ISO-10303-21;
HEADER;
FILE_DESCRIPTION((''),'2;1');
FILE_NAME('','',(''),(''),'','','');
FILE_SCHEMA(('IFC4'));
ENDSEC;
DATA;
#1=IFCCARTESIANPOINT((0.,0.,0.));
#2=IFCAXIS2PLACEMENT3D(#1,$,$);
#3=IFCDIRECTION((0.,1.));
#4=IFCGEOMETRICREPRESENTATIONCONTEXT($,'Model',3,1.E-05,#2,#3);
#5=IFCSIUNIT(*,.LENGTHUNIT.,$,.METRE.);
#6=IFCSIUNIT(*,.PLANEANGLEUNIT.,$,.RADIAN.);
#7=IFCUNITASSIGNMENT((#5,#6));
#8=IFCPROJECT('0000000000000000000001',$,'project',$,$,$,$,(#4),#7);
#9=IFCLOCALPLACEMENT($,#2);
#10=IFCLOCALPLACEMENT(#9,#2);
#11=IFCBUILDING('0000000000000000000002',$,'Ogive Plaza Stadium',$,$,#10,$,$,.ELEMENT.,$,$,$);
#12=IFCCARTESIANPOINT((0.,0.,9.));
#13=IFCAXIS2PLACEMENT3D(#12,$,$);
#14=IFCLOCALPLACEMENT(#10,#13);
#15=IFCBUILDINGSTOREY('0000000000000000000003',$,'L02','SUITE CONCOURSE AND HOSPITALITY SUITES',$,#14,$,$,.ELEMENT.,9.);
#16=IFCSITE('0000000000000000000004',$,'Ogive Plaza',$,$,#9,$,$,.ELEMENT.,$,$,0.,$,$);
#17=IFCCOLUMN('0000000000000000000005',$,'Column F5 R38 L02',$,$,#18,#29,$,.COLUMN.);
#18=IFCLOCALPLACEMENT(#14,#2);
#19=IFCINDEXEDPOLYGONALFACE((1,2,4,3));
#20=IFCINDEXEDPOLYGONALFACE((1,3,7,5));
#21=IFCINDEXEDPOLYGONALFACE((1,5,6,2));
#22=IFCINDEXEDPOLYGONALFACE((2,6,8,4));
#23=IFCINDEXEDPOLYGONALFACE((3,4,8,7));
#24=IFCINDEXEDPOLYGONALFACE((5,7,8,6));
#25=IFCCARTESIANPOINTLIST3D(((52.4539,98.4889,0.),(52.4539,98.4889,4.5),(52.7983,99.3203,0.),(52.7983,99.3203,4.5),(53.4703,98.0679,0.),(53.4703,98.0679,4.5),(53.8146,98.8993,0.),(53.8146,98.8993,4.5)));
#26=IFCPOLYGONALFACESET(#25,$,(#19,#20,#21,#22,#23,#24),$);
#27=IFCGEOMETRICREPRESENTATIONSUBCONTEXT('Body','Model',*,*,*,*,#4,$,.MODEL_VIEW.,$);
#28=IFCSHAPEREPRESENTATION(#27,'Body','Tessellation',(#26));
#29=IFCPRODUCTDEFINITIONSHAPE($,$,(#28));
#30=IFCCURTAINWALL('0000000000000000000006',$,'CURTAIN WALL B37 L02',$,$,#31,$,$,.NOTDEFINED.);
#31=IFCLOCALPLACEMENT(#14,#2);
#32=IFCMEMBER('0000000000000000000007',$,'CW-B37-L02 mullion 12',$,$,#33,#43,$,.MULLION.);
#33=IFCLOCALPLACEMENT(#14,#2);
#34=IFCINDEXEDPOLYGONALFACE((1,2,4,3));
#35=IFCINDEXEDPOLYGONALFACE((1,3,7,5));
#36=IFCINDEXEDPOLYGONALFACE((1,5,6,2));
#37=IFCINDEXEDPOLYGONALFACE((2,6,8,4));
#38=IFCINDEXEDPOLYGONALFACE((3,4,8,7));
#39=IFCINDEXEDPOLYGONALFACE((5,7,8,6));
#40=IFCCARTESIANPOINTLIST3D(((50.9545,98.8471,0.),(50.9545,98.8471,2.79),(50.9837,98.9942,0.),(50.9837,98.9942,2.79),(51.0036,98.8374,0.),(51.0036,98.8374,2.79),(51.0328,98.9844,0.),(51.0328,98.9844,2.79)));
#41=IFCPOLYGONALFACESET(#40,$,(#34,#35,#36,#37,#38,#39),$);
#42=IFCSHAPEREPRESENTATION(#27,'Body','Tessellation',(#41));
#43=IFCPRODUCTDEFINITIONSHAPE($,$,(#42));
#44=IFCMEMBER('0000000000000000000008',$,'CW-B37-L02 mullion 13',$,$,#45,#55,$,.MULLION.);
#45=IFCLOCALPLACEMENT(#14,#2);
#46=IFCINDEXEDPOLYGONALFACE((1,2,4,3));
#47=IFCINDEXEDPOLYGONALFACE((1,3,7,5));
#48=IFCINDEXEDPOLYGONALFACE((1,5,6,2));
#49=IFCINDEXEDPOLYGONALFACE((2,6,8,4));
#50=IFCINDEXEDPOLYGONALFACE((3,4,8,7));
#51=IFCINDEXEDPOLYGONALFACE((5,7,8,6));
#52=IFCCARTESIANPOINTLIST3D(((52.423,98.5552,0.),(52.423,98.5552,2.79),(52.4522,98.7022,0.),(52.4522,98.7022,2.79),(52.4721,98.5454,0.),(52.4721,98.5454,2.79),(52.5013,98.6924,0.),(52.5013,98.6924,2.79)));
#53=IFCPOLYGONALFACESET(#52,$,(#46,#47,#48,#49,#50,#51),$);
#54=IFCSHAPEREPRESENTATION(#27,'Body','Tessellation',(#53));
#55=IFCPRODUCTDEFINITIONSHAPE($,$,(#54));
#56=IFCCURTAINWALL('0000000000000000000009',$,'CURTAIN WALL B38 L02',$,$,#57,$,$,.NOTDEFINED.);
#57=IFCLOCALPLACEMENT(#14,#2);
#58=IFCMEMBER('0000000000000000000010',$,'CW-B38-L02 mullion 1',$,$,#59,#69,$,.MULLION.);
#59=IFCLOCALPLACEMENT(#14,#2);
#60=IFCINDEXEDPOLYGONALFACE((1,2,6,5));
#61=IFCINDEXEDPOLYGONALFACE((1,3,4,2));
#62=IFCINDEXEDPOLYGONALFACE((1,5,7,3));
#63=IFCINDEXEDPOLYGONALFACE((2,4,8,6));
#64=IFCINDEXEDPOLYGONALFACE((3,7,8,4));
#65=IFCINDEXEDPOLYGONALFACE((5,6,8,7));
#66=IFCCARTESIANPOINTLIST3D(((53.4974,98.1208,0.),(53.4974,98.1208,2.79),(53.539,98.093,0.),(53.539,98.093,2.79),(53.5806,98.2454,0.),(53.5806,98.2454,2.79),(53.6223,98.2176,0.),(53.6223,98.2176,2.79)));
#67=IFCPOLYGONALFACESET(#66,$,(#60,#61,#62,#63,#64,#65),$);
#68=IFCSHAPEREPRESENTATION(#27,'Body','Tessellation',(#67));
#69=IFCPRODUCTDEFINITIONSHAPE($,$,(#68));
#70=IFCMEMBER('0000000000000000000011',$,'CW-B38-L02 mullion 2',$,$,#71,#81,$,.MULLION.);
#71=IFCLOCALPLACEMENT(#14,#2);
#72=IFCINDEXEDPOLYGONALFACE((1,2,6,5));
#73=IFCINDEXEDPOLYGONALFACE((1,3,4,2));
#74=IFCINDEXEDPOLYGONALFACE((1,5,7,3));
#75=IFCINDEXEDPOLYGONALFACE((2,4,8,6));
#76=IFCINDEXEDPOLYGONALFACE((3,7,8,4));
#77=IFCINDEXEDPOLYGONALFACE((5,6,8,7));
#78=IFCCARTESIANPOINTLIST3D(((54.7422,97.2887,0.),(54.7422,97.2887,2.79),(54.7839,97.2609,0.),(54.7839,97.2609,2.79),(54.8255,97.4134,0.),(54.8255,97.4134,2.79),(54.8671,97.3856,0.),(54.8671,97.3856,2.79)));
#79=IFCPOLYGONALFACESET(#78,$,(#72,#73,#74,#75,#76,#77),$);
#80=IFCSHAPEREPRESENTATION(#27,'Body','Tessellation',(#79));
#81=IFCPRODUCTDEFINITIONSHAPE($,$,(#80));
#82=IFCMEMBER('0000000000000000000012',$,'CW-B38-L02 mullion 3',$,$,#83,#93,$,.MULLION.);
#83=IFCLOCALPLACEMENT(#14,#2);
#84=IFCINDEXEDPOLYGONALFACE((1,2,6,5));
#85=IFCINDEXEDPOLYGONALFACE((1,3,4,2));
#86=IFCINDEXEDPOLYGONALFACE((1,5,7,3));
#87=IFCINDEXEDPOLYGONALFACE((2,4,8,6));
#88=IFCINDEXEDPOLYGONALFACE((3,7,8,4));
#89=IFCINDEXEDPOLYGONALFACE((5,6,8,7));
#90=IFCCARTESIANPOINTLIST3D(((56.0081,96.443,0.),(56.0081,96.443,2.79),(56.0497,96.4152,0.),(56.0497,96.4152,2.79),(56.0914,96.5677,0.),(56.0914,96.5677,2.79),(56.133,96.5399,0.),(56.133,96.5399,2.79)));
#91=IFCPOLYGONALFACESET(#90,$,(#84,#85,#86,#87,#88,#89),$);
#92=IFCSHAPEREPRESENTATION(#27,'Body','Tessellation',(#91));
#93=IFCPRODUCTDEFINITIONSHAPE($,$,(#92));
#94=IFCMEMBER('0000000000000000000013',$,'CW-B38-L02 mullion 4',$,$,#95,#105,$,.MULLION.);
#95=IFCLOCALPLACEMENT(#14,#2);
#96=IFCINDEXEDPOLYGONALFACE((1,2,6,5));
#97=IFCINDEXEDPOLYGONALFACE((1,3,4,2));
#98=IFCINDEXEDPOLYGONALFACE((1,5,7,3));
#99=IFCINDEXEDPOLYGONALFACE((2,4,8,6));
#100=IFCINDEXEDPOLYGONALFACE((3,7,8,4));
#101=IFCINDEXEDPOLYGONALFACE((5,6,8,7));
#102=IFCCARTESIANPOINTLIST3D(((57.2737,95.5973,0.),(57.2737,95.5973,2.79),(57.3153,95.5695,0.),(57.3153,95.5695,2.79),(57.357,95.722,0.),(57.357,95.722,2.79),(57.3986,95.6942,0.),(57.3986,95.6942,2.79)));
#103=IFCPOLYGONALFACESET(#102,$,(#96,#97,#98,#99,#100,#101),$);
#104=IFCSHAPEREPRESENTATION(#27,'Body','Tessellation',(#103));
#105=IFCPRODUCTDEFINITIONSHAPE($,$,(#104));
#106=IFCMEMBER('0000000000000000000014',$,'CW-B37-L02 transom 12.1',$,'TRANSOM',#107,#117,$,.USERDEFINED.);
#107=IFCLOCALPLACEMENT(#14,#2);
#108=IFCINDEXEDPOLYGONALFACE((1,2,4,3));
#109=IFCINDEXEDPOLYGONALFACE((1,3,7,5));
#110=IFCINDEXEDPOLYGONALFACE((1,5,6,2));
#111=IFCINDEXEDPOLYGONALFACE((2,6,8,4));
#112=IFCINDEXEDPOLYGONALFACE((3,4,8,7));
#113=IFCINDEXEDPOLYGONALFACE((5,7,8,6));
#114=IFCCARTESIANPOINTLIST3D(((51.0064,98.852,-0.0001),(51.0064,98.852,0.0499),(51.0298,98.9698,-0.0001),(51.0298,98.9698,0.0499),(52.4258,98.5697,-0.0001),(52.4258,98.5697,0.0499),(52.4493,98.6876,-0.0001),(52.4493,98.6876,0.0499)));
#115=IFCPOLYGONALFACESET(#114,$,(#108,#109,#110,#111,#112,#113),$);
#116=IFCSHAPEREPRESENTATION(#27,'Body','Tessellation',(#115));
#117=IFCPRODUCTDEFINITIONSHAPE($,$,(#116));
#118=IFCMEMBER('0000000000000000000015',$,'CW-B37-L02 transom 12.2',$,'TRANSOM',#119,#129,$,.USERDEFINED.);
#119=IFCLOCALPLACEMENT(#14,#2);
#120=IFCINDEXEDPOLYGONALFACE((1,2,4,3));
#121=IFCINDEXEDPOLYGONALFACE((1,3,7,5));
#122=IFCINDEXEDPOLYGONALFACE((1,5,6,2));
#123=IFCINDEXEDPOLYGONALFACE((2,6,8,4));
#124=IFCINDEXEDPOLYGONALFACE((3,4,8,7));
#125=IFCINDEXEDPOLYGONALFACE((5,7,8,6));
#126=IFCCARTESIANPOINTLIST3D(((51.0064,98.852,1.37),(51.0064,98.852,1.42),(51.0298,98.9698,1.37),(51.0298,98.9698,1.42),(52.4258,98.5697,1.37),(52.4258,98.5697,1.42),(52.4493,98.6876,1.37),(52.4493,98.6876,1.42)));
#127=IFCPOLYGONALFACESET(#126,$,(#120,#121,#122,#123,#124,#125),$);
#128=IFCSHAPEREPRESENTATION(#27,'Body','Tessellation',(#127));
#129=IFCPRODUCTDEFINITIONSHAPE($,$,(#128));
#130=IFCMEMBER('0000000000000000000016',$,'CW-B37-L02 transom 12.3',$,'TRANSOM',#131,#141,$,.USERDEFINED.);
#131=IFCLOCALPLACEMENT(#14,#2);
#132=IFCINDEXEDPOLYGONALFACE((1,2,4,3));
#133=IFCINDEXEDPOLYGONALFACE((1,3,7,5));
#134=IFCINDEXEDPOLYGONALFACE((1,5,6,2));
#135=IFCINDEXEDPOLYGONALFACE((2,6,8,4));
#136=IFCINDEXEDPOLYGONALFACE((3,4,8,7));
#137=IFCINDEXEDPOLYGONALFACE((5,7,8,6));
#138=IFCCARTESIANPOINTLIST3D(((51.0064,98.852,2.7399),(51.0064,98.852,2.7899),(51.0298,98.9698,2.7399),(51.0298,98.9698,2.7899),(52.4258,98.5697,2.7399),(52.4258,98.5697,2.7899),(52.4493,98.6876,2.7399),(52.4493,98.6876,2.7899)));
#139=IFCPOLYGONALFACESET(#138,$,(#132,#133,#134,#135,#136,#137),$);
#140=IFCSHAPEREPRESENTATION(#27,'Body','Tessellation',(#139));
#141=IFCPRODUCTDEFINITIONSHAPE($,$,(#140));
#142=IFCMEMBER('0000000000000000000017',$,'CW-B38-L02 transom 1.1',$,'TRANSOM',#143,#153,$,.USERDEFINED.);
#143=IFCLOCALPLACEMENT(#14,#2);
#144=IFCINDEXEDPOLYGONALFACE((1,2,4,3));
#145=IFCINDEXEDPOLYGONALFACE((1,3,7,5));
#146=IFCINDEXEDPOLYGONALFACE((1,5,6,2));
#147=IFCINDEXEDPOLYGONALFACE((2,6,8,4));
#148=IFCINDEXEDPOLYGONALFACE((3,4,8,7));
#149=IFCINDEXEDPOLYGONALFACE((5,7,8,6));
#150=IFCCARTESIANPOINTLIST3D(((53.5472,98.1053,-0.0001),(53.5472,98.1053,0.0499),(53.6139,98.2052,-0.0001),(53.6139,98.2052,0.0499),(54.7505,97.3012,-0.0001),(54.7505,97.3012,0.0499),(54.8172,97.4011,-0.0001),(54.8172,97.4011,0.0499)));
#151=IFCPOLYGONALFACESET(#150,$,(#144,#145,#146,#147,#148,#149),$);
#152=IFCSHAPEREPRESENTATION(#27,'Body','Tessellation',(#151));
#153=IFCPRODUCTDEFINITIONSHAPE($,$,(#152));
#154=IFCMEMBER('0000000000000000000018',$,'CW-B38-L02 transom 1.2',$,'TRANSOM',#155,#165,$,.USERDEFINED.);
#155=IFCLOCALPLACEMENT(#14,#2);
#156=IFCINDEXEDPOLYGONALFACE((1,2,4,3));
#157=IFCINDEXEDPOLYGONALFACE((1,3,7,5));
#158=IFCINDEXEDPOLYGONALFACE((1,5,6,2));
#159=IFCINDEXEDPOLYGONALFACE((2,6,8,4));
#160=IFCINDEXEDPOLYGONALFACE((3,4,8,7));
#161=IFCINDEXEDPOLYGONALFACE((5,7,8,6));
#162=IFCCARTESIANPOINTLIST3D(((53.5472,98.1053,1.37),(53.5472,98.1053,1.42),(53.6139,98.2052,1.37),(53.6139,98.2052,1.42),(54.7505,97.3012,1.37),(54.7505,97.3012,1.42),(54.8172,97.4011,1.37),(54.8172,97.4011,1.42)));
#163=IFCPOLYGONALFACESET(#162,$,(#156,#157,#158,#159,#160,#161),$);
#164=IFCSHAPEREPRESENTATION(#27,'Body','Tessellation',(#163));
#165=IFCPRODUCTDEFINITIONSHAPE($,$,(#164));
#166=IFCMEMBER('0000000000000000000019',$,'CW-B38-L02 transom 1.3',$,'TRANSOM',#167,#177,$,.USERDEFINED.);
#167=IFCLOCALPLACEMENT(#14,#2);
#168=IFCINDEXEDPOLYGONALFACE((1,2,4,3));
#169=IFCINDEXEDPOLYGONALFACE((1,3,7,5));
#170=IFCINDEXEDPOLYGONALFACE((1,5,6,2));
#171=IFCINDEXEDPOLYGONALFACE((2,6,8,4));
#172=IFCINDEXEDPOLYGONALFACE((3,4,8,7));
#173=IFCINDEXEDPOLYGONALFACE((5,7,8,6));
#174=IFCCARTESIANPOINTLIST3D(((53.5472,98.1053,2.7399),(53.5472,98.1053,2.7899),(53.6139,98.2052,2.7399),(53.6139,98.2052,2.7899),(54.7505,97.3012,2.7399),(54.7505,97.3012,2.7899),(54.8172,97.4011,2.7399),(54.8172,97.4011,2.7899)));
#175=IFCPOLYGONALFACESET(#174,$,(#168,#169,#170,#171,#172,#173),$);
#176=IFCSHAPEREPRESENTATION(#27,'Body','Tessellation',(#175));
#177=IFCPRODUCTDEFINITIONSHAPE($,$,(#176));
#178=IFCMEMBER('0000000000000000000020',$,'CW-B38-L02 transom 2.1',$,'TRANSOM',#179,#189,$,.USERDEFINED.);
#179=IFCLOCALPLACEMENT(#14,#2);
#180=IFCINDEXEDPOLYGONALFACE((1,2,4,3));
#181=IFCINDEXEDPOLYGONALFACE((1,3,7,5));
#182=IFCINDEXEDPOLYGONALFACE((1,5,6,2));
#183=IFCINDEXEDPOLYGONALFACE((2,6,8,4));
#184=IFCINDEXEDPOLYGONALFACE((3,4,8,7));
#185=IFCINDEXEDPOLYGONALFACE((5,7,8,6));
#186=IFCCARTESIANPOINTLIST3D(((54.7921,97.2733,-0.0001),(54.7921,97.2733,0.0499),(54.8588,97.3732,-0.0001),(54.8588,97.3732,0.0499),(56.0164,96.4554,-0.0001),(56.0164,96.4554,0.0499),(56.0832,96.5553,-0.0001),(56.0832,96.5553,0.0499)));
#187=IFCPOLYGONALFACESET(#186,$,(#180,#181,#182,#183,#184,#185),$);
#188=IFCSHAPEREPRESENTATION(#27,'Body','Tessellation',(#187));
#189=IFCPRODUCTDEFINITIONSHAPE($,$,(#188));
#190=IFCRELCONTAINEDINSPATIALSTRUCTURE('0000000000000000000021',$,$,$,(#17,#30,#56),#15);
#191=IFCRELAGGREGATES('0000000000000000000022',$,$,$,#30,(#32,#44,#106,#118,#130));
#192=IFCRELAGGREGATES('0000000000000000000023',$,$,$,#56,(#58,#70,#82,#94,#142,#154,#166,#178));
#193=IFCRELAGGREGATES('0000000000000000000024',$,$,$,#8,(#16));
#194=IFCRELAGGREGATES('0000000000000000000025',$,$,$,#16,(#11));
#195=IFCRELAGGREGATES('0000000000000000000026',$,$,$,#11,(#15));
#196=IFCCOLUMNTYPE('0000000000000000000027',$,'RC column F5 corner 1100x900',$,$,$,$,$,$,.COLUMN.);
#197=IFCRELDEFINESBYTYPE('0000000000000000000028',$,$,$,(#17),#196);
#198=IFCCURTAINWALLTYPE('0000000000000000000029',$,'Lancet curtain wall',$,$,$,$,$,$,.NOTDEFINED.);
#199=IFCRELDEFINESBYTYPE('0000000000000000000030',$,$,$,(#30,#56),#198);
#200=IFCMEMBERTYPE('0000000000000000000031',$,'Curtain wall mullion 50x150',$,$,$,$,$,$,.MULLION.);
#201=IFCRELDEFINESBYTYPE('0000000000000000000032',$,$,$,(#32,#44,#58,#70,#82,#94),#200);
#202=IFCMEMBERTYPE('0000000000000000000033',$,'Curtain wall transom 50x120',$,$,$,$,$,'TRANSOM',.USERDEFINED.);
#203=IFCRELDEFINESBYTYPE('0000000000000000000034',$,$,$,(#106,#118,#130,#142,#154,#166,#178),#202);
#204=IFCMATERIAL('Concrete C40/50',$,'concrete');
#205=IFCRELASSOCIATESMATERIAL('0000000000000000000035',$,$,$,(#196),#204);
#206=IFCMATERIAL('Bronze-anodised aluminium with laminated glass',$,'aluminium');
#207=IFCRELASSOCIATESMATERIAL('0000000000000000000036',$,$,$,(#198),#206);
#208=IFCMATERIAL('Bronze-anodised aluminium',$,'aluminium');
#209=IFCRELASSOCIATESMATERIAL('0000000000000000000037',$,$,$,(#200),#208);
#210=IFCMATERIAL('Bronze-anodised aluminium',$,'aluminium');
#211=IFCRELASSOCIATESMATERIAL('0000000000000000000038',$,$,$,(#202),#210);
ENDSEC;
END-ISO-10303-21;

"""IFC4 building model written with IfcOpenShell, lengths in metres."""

from ifc_helpers import new_model, si_unit, direction, frame, origin, origin_2d, place, context, subcontext, project, spatial, rectangle, extrude, material, material_profile, profile_set, type_object, element, aggregate, save


model = new_model("IFC4")

# Units and contexts
model_context = context("Model", 3, precision=1e-05, world=origin(), true_north=direction((0.0, 1.0)))
body_context = subcontext(model_context, "Body", "Model", "MODEL_VIEW")
ifc_project = project(units=[si_unit("LENGTHUNIT", "METRE"), si_unit("PLANEANGLEUNIT", "RADIAN")], contexts=[model_context])

# Site, building, storey
site_placement = place(None, origin())
site = spatial("IfcSite", under=ifc_project, at=site_placement, Name="Ogive Plaza", CompositionType="ELEMENT", RefElevation=0.0)
building_placement = place(site_placement, origin())
building = spatial("IfcBuilding", under=site, at=building_placement, Name="Ogive Plaza Stadium", CompositionType="ELEMENT")
storey_placement = place(building_placement, frame((0.0, 0.0, 9.0)))
storey = spatial("IfcBuildingStorey", under=building, at=storey_placement, Name="L02", Description="SUITE CONCOURSE AND HOSPITALITY SUITES", CompositionType="ELEMENT", Elevation=9.0)

# Column
ifc_material_1 = material(Name="Concrete C40/50", Category="concrete")
ifc_material_profile_1 = material_profile(ifc_material_1, rectangle(XDim=1.1001, YDim=0.8999, at=origin_2d()), Name="RC 1100x900")
ifc_profile_set_1 = profile_set([ifc_material_profile_1], Name="Concrete C40/50")
column_type = type_object("IfcColumnType", Name="RC column F5 corner 1100x900", PredefinedType="COLUMN", material=ifc_profile_set_1)
column_placement = place(storey_placement, frame((53.1343, 98.6941, 0.0), z_axis=(0.0, 0.0, 1.0), x_axis=(-0.92388, 0.382683, 0.0)))
element("IfcColumn", 1, at=column_placement, inside=storey, type_object=column_type, Name="Column F5 R38 L02", PredefinedType="COLUMN", context=body_context, shape_type="SweptSolid", body=[
    extrude(rectangle(XDim=1.1001, YDim=0.8999, at=origin_2d()), origin(), (0.0, 0.0, 1.0), 4.5),
])

# Curtain walls, members
ifc_material_2 = material(Name="Bronze-anodised aluminium with laminated glass", Category="aluminium")
curtain_wall_type = type_object("IfcCurtainWallType", Name="Lancet curtain wall", PredefinedType="NOTDEFINED", material=ifc_material_2)
curtain_wall_1_placement = place(storey_placement, origin())
curtain_wall_1 = element("IfcCurtainWall", 2, at=curtain_wall_1_placement, inside=storey, type_object=curtain_wall_type, Name="CURTAIN WALL B37 L02", PredefinedType="NOTDEFINED")
ifc_material_3 = material(Name="Bronze-anodised aluminium", Category="aluminium")
ifc_material_profile_2 = material_profile(ifc_material_3, rectangle(XDim=0.1499, YDim=0.05, at=origin_2d()), Name="AL 150x50")
ifc_profile_set_2 = profile_set([ifc_material_profile_2], Name="Bronze-anodised aluminium")
member_type_1 = type_object("IfcMemberType", Name="Curtain wall mullion 50x150", PredefinedType="MULLION", material=ifc_profile_set_2)
member_1_placement = place(storey_placement, frame((50.9937, 98.9158, 0.0), z_axis=(0.0, 0.0, 1.0), x_axis=(0.19509, 0.980785, 0.0)))
member_1 = element("IfcMember", 3, at=member_1_placement, type_object=member_type_1, Name="CW-B37-L02 mullion 12", PredefinedType="MULLION", context=body_context, shape_type="SweptSolid", body=[
    extrude(rectangle(XDim=0.1499, YDim=0.05, at=origin_2d()), origin(), (0.0, 0.0, 1.0), 2.79),
])
member_2_placement = place(storey_placement, frame((52.4622, 98.6238, 0.0), z_axis=(0.0, 0.0, 1.0), x_axis=(0.19509, 0.980785, 0.0)))
member_2 = element("IfcMember", 4, at=member_2_placement, type_object=member_type_1, Name="CW-B37-L02 mullion 13", PredefinedType="MULLION", context=body_context, shape_type="SweptSolid", body=[
    extrude(rectangle(XDim=0.1499, YDim=0.05, at=origin_2d()), origin(), (0.0, 0.0, 1.0), 2.79),
])
curtain_wall_2_placement = place(storey_placement, origin())
curtain_wall_2 = element("IfcCurtainWall", 5, at=curtain_wall_2_placement, inside=storey, type_object=curtain_wall_type, Name="CURTAIN WALL B38 L02", PredefinedType="NOTDEFINED")
member_3_placement = place(storey_placement, frame((53.5598, 98.1692, 0.0), z_axis=(0.0, 0.0, 1.0), x_axis=(0.55557, 0.83147, 0.0)))
member_3 = element("IfcMember", 6, at=member_3_placement, type_object=member_type_1, Name="CW-B38-L02 mullion 1", PredefinedType="MULLION", context=body_context, shape_type="SweptSolid", body=[
    extrude(rectangle(XDim=0.1499, YDim=0.05, at=origin_2d()), origin(), (0.0, 0.0, 1.0), 2.79),
])
member_4_placement = place(storey_placement, frame((54.8047, 97.3372, 0.0), z_axis=(0.0, 0.0, 1.0), x_axis=(0.55557, 0.83147, 0.0)))
member_4 = element("IfcMember", 7, at=member_4_placement, type_object=member_type_1, Name="CW-B38-L02 mullion 2", PredefinedType="MULLION", context=body_context, shape_type="SweptSolid", body=[
    extrude(rectangle(XDim=0.1499, YDim=0.05, at=origin_2d()), origin(), (0.0, 0.0, 1.0), 2.79),
])
member_5_placement = place(storey_placement, frame((56.0706, 96.4915, 0.0), z_axis=(0.0, 0.0, 1.0), x_axis=(0.55557, 0.83147, 0.0)))
member_5 = element("IfcMember", 8, at=member_5_placement, type_object=member_type_1, Name="CW-B38-L02 mullion 3", PredefinedType="MULLION", context=body_context, shape_type="SweptSolid", body=[
    extrude(rectangle(XDim=0.1499, YDim=0.05, at=origin_2d()), origin(), (0.0, 0.0, 1.0), 2.79),
])
member_6_placement = place(storey_placement, frame((57.3362, 95.6458, 0.0), z_axis=(0.0, 0.0, 1.0), x_axis=(0.55557, 0.83147, 0.0)))
member_6 = element("IfcMember", 9, at=member_6_placement, type_object=member_type_1, Name="CW-B38-L02 mullion 4", PredefinedType="MULLION", context=body_context, shape_type="SweptSolid", body=[
    extrude(rectangle(XDim=0.1499, YDim=0.05, at=origin_2d()), origin(), (0.0, 0.0, 1.0), 2.79),
])

# Members
ifc_material_4 = material(Name="Bronze-anodised aluminium", Category="aluminium")
ifc_material_profile_3 = material_profile(ifc_material_4, rectangle(XDim=0.1201, YDim=0.05, at=origin_2d()), Name="AL 120x50")
ifc_profile_set_3 = profile_set([ifc_material_profile_3], Name="Bronze-anodised aluminium")
member_type_2 = type_object("IfcMemberType", Name="Curtain wall transom 50x120", ElementType="TRANSOM", PredefinedType="USERDEFINED", material=ifc_profile_set_3)
member_7_placement = place(storey_placement, frame((51.0181, 98.9109, 0.0249), z_axis=(0.980801, -0.195013, 0.0), x_axis=(0.195013, 0.980801, 0.0)))
member_7 = element("IfcMember", 10, at=member_7_placement, type_object=member_type_2, Name="CW-B37-L02 transom 12.1", ObjectType="TRANSOM", PredefinedType="USERDEFINED", context=body_context, shape_type="SweptSolid", body=[
    extrude(rectangle(XDim=0.1201, YDim=0.05, at=origin_2d()), origin(), (0.0, 0.0, 1.0), 1.4473),
])
member_8_placement = place(storey_placement, frame((51.0181, 98.9109, 1.395), z_axis=(0.980801, -0.195013, 0.0), x_axis=(0.195013, 0.980801, 0.0)))
member_8 = element("IfcMember", 11, at=member_8_placement, type_object=member_type_2, Name="CW-B37-L02 transom 12.2", ObjectType="TRANSOM", PredefinedType="USERDEFINED", context=body_context, shape_type="SweptSolid", body=[
    extrude(rectangle(XDim=0.1201, YDim=0.05, at=origin_2d()), origin(), (0.0, 0.0, 1.0), 1.4473),
])
member_9_placement = place(storey_placement, frame((51.0181, 98.9109, 2.7649), z_axis=(0.980801, -0.195013, 0.0), x_axis=(0.195013, 0.980801, 0.0)))
member_9 = element("IfcMember", 12, at=member_9_placement, type_object=member_type_2, Name="CW-B37-L02 transom 12.3", ObjectType="TRANSOM", PredefinedType="USERDEFINED", context=body_context, shape_type="SweptSolid", body=[
    extrude(rectangle(XDim=0.1201, YDim=0.05, at=origin_2d()), origin(), (0.0, 0.0, 1.0), 1.4473),
])
member_10_placement = place(storey_placement, frame((53.5806, 98.1553, 0.0249), z_axis=(0.831427, -0.555634, 0.0), x_axis=(0.555634, 0.831427, 0.0)))
member_10 = element("IfcMember", 13, at=member_10_placement, type_object=member_type_2, Name="CW-B38-L02 transom 1.1", ObjectType="TRANSOM", PredefinedType="USERDEFINED", context=body_context, shape_type="SweptSolid", body=[
    extrude(rectangle(XDim=0.1201, YDim=0.05, at=origin_2d()), origin(), (0.0, 0.0, 1.0), 1.4473),
])
member_11_placement = place(storey_placement, frame((53.5806, 98.1553, 1.395), z_axis=(0.831427, -0.555634, 0.0), x_axis=(0.555634, 0.831427, 0.0)))
member_11 = element("IfcMember", 14, at=member_11_placement, type_object=member_type_2, Name="CW-B38-L02 transom 1.2", ObjectType="TRANSOM", PredefinedType="USERDEFINED", context=body_context, shape_type="SweptSolid", body=[
    extrude(rectangle(XDim=0.1201, YDim=0.05, at=origin_2d()), origin(), (0.0, 0.0, 1.0), 1.4473),
])
member_12_placement = place(storey_placement, frame((53.5806, 98.1553, 2.7649), z_axis=(0.831427, -0.555634, 0.0), x_axis=(0.555634, 0.831427, 0.0)))
member_12 = element("IfcMember", 15, at=member_12_placement, type_object=member_type_2, Name="CW-B38-L02 transom 1.3", ObjectType="TRANSOM", PredefinedType="USERDEFINED", context=body_context, shape_type="SweptSolid", body=[
    extrude(rectangle(XDim=0.1201, YDim=0.05, at=origin_2d()), origin(), (0.0, 0.0, 1.0), 1.4473),
])
member_13_placement = place(storey_placement, frame((54.8254, 97.3232, 0.0249), z_axis=(0.83154, -0.555465, 0.0), x_axis=(0.555465, 0.83154, 0.0)))
member_13 = element("IfcMember", 16, at=member_13_placement, type_object=member_type_2, Name="CW-B38-L02 transom 2.1", ObjectType="TRANSOM", PredefinedType="USERDEFINED", context=body_context, shape_type="SweptSolid", body=[
    extrude(rectangle(XDim=0.1201, YDim=0.05, at=origin_2d()), origin(), (0.0, 0.0, 1.0), 1.4724),
])

aggregate(curtain_wall_1, [member_1, member_2, member_7, member_8, member_9])
aggregate(curtain_wall_2, [member_3, member_4, member_5, member_6, member_10, member_11, member_12, member_13])

save(model, "model.ifc")
